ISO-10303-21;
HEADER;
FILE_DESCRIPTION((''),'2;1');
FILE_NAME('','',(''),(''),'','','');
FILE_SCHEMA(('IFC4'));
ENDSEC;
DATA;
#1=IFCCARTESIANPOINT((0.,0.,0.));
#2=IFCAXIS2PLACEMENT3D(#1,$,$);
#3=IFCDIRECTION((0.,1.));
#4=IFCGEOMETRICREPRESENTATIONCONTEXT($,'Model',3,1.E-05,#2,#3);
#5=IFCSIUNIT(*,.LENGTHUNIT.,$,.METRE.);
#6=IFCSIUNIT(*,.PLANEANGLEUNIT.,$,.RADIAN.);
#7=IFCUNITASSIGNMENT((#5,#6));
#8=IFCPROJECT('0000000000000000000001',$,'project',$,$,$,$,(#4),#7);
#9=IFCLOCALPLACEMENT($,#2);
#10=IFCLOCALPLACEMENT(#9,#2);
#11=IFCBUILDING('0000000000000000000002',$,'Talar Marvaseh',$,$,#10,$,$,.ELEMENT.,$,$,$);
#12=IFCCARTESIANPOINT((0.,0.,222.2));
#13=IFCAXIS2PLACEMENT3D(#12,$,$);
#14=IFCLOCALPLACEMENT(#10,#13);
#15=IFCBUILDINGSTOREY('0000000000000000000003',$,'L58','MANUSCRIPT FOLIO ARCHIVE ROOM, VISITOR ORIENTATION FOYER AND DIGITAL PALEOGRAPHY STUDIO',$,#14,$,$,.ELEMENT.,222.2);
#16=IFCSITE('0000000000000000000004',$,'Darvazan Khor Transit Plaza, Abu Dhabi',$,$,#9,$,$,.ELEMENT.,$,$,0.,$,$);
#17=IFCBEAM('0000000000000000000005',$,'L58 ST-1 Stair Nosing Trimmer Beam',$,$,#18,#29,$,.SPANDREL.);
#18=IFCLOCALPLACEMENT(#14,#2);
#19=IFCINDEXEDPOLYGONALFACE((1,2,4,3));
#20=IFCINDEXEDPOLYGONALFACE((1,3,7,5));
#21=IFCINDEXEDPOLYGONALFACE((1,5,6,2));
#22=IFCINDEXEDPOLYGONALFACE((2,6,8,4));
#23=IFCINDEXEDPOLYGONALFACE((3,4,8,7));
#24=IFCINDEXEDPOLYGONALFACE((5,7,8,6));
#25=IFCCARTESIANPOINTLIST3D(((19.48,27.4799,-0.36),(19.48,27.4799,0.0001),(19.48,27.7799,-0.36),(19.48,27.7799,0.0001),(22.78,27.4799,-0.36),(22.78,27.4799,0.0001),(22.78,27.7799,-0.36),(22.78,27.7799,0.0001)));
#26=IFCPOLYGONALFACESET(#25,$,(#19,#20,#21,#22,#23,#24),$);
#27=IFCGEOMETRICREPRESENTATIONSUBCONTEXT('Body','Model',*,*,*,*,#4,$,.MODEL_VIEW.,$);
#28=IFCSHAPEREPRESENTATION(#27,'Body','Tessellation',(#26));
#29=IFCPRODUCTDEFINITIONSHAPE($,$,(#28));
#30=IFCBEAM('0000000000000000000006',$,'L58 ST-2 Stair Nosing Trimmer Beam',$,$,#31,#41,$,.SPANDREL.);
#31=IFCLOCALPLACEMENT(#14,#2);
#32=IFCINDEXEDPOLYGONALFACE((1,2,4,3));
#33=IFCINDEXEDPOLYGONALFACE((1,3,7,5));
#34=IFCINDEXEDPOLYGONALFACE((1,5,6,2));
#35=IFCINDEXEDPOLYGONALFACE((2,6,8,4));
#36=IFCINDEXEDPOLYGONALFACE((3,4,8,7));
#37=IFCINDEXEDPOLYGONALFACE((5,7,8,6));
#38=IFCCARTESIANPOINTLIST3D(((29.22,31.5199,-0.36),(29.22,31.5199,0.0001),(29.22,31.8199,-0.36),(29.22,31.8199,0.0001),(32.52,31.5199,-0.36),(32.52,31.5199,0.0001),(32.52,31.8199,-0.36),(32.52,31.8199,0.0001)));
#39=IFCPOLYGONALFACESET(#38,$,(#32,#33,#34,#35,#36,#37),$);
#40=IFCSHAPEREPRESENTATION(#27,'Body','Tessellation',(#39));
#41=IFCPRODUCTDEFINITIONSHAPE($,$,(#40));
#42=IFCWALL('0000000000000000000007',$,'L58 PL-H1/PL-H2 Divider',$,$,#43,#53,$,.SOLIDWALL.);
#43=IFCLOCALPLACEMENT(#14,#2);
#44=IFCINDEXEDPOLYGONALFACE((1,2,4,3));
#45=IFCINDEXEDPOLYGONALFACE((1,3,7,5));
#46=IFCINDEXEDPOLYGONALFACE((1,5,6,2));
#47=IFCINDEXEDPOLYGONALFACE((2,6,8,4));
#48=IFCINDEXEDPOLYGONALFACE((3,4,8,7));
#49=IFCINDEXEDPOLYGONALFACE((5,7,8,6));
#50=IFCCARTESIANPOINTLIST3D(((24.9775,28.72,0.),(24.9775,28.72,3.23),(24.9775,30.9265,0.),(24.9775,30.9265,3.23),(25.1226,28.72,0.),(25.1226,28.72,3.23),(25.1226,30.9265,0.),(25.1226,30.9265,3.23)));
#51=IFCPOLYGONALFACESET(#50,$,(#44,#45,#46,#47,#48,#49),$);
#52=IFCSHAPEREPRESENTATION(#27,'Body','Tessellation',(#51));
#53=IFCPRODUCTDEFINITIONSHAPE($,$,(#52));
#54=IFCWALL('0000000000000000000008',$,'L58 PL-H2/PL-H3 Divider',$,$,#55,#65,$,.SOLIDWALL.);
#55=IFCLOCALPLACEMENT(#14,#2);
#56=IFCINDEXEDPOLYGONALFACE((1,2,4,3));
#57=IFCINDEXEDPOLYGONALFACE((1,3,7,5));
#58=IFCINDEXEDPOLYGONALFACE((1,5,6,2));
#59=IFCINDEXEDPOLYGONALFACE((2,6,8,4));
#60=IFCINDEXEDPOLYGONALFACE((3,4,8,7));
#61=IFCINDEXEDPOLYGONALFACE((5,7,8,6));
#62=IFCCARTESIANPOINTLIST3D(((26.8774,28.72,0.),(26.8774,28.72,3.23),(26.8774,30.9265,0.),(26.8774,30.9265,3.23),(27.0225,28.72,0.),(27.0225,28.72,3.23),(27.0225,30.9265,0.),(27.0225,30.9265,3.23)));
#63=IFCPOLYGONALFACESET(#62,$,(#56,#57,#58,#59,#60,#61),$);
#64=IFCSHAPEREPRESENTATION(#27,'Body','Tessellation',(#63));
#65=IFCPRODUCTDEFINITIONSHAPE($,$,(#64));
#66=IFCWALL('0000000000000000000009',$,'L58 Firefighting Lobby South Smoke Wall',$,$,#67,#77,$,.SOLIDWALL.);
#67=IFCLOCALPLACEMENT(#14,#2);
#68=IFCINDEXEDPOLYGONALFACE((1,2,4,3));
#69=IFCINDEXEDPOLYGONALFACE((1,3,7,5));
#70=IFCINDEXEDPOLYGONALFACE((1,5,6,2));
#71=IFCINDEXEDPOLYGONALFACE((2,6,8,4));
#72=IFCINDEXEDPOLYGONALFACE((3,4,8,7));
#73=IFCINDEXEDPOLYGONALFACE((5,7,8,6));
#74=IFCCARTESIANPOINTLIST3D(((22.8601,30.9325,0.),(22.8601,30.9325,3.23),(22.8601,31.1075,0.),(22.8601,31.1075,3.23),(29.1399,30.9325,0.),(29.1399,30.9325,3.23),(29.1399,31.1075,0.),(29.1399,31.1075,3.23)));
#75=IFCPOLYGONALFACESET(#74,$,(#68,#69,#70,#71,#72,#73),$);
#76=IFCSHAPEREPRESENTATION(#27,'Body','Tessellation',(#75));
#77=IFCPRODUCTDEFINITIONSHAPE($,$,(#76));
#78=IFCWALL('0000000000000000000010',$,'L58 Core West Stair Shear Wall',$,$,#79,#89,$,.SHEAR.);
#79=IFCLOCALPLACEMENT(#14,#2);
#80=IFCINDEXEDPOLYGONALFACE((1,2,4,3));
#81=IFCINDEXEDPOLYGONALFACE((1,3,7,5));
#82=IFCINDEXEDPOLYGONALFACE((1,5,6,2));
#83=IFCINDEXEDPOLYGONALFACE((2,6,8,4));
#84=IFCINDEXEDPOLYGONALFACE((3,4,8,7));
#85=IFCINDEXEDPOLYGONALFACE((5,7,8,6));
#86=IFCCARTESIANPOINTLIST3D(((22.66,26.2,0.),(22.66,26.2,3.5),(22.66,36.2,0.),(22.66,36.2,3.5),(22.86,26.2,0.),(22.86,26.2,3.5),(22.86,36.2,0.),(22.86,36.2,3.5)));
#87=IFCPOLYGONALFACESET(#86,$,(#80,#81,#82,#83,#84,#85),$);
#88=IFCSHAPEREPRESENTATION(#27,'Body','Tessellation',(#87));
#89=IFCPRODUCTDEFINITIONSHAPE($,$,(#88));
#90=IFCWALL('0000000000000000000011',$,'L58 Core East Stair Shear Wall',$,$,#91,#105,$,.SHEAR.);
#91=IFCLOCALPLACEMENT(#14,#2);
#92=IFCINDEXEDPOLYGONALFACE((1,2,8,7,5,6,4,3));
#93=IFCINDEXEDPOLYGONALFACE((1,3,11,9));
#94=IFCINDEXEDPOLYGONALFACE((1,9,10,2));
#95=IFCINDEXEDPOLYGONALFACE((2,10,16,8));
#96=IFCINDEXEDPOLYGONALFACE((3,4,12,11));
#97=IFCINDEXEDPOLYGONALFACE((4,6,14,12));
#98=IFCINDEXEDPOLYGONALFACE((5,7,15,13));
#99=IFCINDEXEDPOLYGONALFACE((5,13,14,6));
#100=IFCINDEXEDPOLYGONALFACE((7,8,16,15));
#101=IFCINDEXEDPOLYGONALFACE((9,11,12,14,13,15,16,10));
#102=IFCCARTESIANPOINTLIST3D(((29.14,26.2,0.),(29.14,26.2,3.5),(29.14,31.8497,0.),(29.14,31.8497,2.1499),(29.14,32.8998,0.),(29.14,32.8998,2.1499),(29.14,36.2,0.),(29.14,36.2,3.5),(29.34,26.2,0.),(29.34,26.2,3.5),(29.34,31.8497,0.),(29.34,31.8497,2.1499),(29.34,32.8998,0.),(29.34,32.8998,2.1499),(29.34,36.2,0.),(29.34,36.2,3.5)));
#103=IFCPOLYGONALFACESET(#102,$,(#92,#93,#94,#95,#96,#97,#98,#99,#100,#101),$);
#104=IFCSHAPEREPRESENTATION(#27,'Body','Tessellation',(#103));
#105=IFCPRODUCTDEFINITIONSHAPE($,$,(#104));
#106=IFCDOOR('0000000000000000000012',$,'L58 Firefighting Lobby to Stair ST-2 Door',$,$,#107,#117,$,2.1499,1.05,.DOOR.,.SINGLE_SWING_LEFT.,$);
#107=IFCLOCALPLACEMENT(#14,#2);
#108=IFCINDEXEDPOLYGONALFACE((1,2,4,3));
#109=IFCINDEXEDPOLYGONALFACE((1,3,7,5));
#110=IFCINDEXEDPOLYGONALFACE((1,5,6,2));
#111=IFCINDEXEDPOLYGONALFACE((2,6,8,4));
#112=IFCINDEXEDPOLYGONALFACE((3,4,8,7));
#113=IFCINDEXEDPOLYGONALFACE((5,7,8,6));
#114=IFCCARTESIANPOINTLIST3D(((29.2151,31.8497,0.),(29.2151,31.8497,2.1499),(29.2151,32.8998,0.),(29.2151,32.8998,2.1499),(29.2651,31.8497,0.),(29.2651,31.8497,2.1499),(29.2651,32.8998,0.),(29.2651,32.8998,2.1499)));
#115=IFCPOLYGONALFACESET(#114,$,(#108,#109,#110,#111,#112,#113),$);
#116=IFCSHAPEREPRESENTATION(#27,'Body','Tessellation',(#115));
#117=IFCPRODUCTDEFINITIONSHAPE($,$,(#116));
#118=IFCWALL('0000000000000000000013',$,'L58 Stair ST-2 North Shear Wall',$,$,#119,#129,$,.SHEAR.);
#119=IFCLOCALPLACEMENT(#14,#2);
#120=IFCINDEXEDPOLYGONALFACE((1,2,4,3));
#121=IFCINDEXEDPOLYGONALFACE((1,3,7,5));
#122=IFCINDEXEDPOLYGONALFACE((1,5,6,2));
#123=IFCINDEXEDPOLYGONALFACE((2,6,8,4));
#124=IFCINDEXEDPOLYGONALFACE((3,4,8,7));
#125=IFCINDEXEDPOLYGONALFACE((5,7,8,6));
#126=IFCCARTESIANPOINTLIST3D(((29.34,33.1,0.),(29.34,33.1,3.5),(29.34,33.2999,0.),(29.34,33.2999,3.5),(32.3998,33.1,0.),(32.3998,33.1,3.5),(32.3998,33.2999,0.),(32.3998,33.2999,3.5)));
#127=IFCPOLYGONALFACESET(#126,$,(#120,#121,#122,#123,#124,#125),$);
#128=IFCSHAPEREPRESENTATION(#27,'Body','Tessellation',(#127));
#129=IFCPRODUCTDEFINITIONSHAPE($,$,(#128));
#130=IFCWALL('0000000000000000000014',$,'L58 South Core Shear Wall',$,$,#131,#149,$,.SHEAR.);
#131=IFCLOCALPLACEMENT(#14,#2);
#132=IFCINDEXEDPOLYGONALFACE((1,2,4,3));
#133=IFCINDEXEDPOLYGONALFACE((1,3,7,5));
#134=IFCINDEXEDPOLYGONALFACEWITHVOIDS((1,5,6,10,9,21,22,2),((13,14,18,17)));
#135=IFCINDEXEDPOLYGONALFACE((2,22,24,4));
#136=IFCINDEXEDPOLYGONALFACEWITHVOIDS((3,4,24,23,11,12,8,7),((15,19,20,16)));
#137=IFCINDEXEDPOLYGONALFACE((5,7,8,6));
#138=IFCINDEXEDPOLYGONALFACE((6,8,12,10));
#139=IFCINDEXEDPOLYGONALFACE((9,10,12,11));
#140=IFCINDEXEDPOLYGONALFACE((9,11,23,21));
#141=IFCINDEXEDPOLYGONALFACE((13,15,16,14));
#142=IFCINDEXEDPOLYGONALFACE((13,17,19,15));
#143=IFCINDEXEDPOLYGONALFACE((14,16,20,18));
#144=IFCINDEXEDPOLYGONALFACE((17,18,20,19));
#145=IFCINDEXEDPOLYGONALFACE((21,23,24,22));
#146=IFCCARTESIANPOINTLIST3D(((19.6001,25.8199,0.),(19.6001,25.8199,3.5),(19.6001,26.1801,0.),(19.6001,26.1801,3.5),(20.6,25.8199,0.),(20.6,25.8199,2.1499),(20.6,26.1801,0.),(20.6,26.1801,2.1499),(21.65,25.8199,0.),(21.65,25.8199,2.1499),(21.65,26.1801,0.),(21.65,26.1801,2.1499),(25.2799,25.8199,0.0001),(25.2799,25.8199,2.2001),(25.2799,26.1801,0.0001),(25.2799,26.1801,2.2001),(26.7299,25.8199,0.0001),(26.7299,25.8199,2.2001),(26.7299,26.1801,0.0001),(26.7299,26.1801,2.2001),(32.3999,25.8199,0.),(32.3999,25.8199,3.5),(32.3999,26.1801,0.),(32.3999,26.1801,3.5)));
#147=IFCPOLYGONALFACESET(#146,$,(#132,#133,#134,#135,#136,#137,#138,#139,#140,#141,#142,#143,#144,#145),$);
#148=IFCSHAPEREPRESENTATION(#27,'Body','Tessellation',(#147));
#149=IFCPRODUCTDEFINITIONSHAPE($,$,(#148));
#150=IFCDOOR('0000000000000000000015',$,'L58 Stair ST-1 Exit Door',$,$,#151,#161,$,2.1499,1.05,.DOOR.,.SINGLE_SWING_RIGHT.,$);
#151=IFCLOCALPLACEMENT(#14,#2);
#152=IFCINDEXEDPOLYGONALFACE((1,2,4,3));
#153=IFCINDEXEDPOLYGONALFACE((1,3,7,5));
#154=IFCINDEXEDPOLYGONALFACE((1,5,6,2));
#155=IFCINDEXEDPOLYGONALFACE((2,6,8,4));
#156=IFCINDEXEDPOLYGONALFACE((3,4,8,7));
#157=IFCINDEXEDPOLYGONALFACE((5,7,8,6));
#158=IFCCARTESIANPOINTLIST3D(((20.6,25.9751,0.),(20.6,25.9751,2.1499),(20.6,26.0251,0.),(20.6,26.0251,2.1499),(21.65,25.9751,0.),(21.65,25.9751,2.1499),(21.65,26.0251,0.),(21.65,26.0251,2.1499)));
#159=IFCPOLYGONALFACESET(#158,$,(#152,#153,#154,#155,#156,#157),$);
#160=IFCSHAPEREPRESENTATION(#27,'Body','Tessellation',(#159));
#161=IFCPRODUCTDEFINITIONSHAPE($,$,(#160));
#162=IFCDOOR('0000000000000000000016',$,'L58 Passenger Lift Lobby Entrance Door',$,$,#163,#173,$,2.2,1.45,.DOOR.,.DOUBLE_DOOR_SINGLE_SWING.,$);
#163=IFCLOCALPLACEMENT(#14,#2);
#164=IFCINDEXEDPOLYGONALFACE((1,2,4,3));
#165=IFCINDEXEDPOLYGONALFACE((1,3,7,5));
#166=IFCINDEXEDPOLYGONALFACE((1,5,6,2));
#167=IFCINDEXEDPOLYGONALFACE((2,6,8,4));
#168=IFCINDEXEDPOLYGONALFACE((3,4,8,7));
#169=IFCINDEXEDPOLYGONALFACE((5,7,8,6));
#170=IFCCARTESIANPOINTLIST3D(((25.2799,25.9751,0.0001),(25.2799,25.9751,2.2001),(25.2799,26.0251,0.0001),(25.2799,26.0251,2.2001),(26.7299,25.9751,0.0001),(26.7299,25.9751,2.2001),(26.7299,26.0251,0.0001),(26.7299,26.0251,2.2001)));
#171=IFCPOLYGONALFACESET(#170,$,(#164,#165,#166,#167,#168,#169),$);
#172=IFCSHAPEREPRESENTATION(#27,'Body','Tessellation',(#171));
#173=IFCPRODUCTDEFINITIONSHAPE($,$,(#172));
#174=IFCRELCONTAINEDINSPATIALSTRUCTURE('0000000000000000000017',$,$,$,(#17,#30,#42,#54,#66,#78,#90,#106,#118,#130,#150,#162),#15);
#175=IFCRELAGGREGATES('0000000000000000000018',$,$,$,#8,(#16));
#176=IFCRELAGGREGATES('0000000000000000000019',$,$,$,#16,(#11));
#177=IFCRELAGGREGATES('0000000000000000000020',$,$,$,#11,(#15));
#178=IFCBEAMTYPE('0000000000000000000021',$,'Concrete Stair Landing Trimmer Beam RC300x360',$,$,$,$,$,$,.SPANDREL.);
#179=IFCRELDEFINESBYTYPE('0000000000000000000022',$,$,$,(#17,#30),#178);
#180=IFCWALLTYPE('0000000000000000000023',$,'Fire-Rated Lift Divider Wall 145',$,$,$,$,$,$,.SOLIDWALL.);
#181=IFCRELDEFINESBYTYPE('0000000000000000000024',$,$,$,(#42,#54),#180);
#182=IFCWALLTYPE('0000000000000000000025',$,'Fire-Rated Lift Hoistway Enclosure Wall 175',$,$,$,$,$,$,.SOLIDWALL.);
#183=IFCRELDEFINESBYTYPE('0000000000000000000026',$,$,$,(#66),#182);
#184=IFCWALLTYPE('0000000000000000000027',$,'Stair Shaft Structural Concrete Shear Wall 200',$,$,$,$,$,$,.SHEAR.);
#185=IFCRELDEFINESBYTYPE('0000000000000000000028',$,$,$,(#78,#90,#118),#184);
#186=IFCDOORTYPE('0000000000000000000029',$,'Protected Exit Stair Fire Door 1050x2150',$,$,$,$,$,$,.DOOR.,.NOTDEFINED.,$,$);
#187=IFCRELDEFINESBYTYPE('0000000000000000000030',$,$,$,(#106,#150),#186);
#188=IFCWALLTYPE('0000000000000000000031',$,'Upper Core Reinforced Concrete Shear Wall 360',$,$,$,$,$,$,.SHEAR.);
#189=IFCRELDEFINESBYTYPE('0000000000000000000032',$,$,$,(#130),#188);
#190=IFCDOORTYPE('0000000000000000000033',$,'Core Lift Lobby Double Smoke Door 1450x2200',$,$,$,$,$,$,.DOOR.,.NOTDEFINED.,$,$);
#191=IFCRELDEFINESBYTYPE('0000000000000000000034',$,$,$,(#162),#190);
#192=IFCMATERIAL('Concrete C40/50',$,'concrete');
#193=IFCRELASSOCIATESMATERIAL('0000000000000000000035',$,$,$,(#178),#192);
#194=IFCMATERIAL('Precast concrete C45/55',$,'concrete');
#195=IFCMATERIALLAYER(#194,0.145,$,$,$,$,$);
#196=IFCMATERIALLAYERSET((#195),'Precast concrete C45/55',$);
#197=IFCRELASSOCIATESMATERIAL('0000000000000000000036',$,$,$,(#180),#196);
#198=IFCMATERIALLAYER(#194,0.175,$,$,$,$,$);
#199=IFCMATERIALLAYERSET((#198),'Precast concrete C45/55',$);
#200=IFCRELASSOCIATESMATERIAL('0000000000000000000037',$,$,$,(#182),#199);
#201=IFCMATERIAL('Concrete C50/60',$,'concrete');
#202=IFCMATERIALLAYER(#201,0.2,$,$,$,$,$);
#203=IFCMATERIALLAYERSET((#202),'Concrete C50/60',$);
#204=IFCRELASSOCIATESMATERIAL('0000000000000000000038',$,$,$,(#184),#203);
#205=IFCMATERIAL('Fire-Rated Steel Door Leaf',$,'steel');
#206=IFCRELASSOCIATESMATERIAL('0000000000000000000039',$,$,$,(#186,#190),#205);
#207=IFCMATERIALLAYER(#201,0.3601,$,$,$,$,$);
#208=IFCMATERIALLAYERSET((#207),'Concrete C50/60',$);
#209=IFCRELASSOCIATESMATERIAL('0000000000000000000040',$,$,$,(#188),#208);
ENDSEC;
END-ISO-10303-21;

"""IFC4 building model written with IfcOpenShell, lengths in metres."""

from ifc_helpers import new_model, si_unit, direction, frame, frame_2d, origin, origin_2d, place, context, subcontext, project, spatial, rectangle, extrude, source, transform, mapped, material, layer, layer_set, material_profile, profile_set, type_object, type_shapes, element, fill, save


model = new_model("IFC4")

# Units and contexts
model_context = context("Model", 3, precision=1e-05, world=origin(), true_north=direction((0.0, 1.0)))
body_context = subcontext(model_context, "Body", "Model", "MODEL_VIEW")
ifc_project = project(units=[si_unit("LENGTHUNIT", "METRE"), si_unit("PLANEANGLEUNIT", "RADIAN")], contexts=[model_context])

# Site, building, storey
site_placement = place(None, origin())
site = spatial("IfcSite", under=ifc_project, at=site_placement, Name="Darvazan Khor Transit Plaza, Abu Dhabi", CompositionType="ELEMENT", RefElevation=0.0)
building_placement = place(site_placement, origin())
building = spatial("IfcBuilding", under=site, at=building_placement, Name="Talar Marvaseh", CompositionType="ELEMENT")
storey_placement = place(building_placement, frame((0.0, 0.0, 222.2)))
storey = spatial("IfcBuildingStorey", under=building, at=storey_placement, Name="L58", Description="MANUSCRIPT FOLIO ARCHIVE ROOM, VISITOR ORIENTATION FOYER AND DIGITAL PALEOGRAPHY STUDIO", CompositionType="ELEMENT", Elevation=222.2)

# Beams
ifc_material_1 = material(Name="Concrete C40/50", Category="concrete")
ifc_material_profile = material_profile(ifc_material_1, rectangle(XDim=0.3, YDim=0.3601, at=origin_2d()), Name="RC300x360")
ifc_profile_set = profile_set([ifc_material_profile], Name="Concrete C40/50")
beam_type = type_object("IfcBeamType", Name="Concrete Stair Landing Trimmer Beam RC300x360", PredefinedType="SPANDREL", material=ifc_profile_set)
for number, where, z_axis, x_axis, name in (
    (1, (22.78, 27.6299, -0.1799), (-1.0, 0.0, 0.0), (0.0, -1.0, 0.0), "L58 ST-1 Stair Nosing Trimmer Beam"),
    (2, (29.22, 31.6699, -0.1799), (1.0, 0.0, 0.0), (0.0, 1.0, 0.0), "L58 ST-2 Stair Nosing Trimmer Beam"),
):
    element("IfcBeam", number, at=place(storey_placement, frame(where, z_axis=z_axis, x_axis=x_axis)), inside=storey, type_object=beam_type, Name=name, PredefinedType="SPANDREL", context=body_context, shape_type="SweptSolid", body=[
        extrude(rectangle(XDim=0.3, YDim=0.3601, at=origin_2d()), origin(), (0.0, 0.0, 1.0), 3.3),
    ])

# Walls
ifc_material_2 = material(Name="Precast concrete C45/55", Category="concrete")
ifc_layer_1 = layer(ifc_material_2, 0.145)
ifc_layer_set_1 = layer_set([ifc_layer_1], Name="Precast concrete C45/55")
wall_type_1 = type_object("IfcWallType", Name="Fire-Rated Lift Divider Wall 145", PredefinedType="SOLIDWALL", material=ifc_layer_set_1)
for number, where, z_axis, x_axis, name in (
    (3, (25.05, 28.72, 0.0), (0.0, 0.0, 1.0), (0.0, 1.0, 0.0), "L58 PL-H1/PL-H2 Divider"),
    (4, (26.95, 28.72, 0.0), (0.0, 0.0, 1.0), (0.0, 1.0, 0.0), "L58 PL-H2/PL-H3 Divider"),
):
    element("IfcWall", number, at=place(storey_placement, frame(where, z_axis=z_axis, x_axis=x_axis)), inside=storey, type_object=wall_type_1, Name=name, PredefinedType="SOLIDWALL", context=body_context, shape_type="SweptSolid", body=[
        extrude(rectangle(XDim=2.2065, YDim=0.145, at=frame_2d((1.1033, 0.0))), origin(), (0.0, 0.0, 1.0), 3.23),
    ])
ifc_layer_2 = layer(ifc_material_2, 0.175)
ifc_layer_set_2 = layer_set([ifc_layer_2], Name="Precast concrete C45/55")
wall_type_2 = type_object("IfcWallType", Name="Fire-Rated Lift Hoistway Enclosure Wall 175", PredefinedType="SOLIDWALL", material=ifc_layer_set_2)
wall_1_placement = place(storey_placement, frame((22.8601, 31.02, 0.0), z_axis=(0.0, 0.0, 1.0), x_axis=(1.0, 0.0, 0.0)))
element("IfcWall", 5, at=wall_1_placement, inside=storey, type_object=wall_type_2, Name="L58 Firefighting Lobby South Smoke Wall", PredefinedType="SOLIDWALL", context=body_context, shape_type="SweptSolid", body=[
    extrude(rectangle(XDim=6.2798, YDim=0.175, at=frame_2d((3.1399, 0.0))), origin(), (0.0, 0.0, 1.0), 3.23),
])

# Wall
ifc_material_3 = material(Name="Concrete C50/60", Category="concrete")
ifc_layer_3 = layer(ifc_material_3, 0.2)
ifc_layer_set_3 = layer_set([ifc_layer_3], Name="Concrete C50/60")
wall_type_3 = type_object("IfcWallType", Name="Stair Shaft Structural Concrete Shear Wall 200", PredefinedType="SHEAR", material=ifc_layer_set_3)
wall_2_placement = place(storey_placement, frame((22.76, 26.2, 0.0), z_axis=(0.0, 0.0, 1.0), x_axis=(0.0, 1.0, 0.0)))
element("IfcWall", 6, at=wall_2_placement, inside=storey, type_object=wall_type_3, Name="L58 Core West Stair Shear Wall", PredefinedType="SHEAR", context=body_context, shape_type="SweptSolid", body=[
    extrude(rectangle(XDim=10.0, YDim=0.2, at=frame_2d((5.0, 0.0))), origin(), (0.0, 0.0, 1.0), 3.5),
])

# Wall, opening, door
wall_3_placement = place(storey_placement, frame((29.24, 26.2, 0.0), z_axis=(0.0, 0.0, 1.0), x_axis=(0.0, 1.0, 0.0)))
wall_3 = element("IfcWall", 7, at=wall_3_placement, inside=storey, type_object=wall_type_3, Name="L58 Core East Stair Shear Wall", PredefinedType="SHEAR", context=body_context, shape_type="SweptSolid", body=[
    extrude(rectangle(XDim=10.0, YDim=0.2, at=frame_2d((5.0, 0.0))), origin(), (0.0, 0.0, 1.0), 3.5),
])
opening_1_placement = place(wall_3_placement, frame((5.6499, 0.0, 0.0)))
opening_1 = element("IfcOpeningElement", 8, at=opening_1_placement, cuts=wall_3, PredefinedType="OPENING", context=body_context, shape_type="SweptSolid", body=[
    extrude(rectangle(XDim=1.05, YDim=2.1499, at=frame_2d((0.5249, 1.075))), frame((0.0, 0.1099, 0.0), z_axis=(0.0, -1.0, 0.0), x_axis=(1.0, 0.0, 0.0)), (0.0, 0.0, 1.0), 0.22),
])
ifc_material_4 = material(Name="Fire-Rated Steel Door Leaf", Category="steel")
door_type_1 = type_object("IfcDoorType", Name="Protected Exit Stair Fire Door 1050x2150", OperationType="NOTDEFINED", PredefinedType="DOOR", material=ifc_material_4)
shared_shape_1 = source(origin(), body_context, "Body", "SweptSolid", [
    extrude(rectangle(XDim=1.05, YDim=2.1499, at=frame_2d((0.5249, 1.075))), frame((0.0, 0.0249, 0.0), z_axis=(0.0, -1.0, 0.0), x_axis=(1.0, 0.0, 0.0)), (0.0, 0.0, 1.0), 0.05),
])
type_shapes(door_type_1, [shared_shape_1])
door_1_placement = place(opening_1_placement, origin())
door_1 = element("IfcDoor", 9, at=door_1_placement, inside=storey, type_object=door_type_1, Name="L58 Firefighting Lobby to Stair ST-2 Door", OperationType="SINGLE_SWING_LEFT", OverallHeight=2.1499, OverallWidth=1.05, PredefinedType="DOOR", context=body_context, shape_type="MappedRepresentation", body=[
    mapped(shared_shape_1, transform((0.0, 0.0, 0.0), x_axis=(1.0, 0.0, 0.0), y_axis=(0.0, 1.0, 0.0), z_axis=(0.0, 0.0, 1.0), scale=1.0)),
])
fill(opening_1, door_1)

# Wall
wall_4_placement = place(storey_placement, frame((29.3401, 33.2, 0.0), z_axis=(0.0, 0.0, 1.0), x_axis=(1.0, 0.0, 0.0)))
element("IfcWall", 10, at=wall_4_placement, inside=storey, type_object=wall_type_3, Name="L58 Stair ST-2 North Shear Wall", PredefinedType="SHEAR", context=body_context, shape_type="SweptSolid", body=[
    extrude(rectangle(XDim=3.0598, YDim=0.2, at=frame_2d((1.5298, 0.0))), origin(), (0.0, 0.0, 1.0), 3.5),
])

# Wall, openings, doors
ifc_layer_4 = layer(ifc_material_3, 0.3601)
ifc_layer_set_4 = layer_set([ifc_layer_4], Name="Concrete C50/60")
wall_type_4 = type_object("IfcWallType", Name="Upper Core Reinforced Concrete Shear Wall 360", PredefinedType="SHEAR", material=ifc_layer_set_4)
wall_5_placement = place(storey_placement, frame((32.3999, 26.0, 0.0), z_axis=(0.0, 0.0, 1.0), x_axis=(-1.0, 0.0, 0.0)))
wall_5 = element("IfcWall", 11, at=wall_5_placement, inside=storey, type_object=wall_type_4, Name="L58 South Core Shear Wall", PredefinedType="SHEAR", context=body_context, shape_type="SweptSolid", body=[
    extrude(rectangle(XDim=12.7998, YDim=0.3601, at=frame_2d((6.3999, 0.0))), origin(), (0.0, 0.0, 1.0), 3.5),
])
opening_2_placement = place(wall_5_placement, frame((10.75, 0.0, 0.0)))
opening_2 = element("IfcOpeningElement", 12, at=opening_2_placement, cuts=wall_5, PredefinedType="OPENING", context=body_context, shape_type="SweptSolid", body=[
    extrude(rectangle(XDim=1.05, YDim=2.1499, at=frame_2d((0.5249, 1.075))), frame((0.0, 0.1899, 0.0), z_axis=(0.0, -1.0, 0.0), x_axis=(1.0, 0.0, 0.0)), (0.0, 0.0, 1.0), 0.3801),
])
opening_3_placement = place(wall_5_placement, frame((5.6699, 0.0, 0.0)))
opening_3 = element("IfcOpeningElement", 13, at=opening_3_placement, cuts=wall_5, PredefinedType="OPENING", context=body_context, shape_type="SweptSolid", body=[
    extrude(rectangle(XDim=1.45, YDim=2.2, at=frame_2d((0.7251, 1.1001))), frame((0.0, 0.1899, 0.0), z_axis=(0.0, -1.0, 0.0), x_axis=(1.0, 0.0, 0.0)), (0.0, 0.0, 1.0), 0.3801),
])
door_2_placement = place(opening_2_placement, origin())
door_2 = element("IfcDoor", 14, at=door_2_placement, inside=storey, type_object=door_type_1, Name="L58 Stair ST-1 Exit Door", OperationType="SINGLE_SWING_RIGHT", OverallHeight=2.1499, OverallWidth=1.05, PredefinedType="DOOR", context=body_context, shape_type="MappedRepresentation", body=[
    mapped(shared_shape_1, transform((0.0, 0.0, 0.0), x_axis=(1.0, 0.0, 0.0), y_axis=(0.0, 1.0, 0.0), z_axis=(0.0, 0.0, 1.0), scale=1.0)),
])
fill(opening_2, door_2)
door_type_2 = type_object("IfcDoorType", Name="Core Lift Lobby Double Smoke Door 1450x2200", OperationType="NOTDEFINED", PredefinedType="DOOR", material=ifc_material_4)
shared_shape_2 = source(origin(), body_context, "Body", "SweptSolid", [
    extrude(rectangle(XDim=1.45, YDim=2.2, at=frame_2d((0.7251, 1.1001))), frame((0.0, 0.0249, 0.0), z_axis=(0.0, -1.0, 0.0), x_axis=(1.0, 0.0, 0.0)), (0.0, 0.0, 1.0), 0.05),
])
type_shapes(door_type_2, [shared_shape_2])
door_3_placement = place(opening_3_placement, origin())
door_3 = element("IfcDoor", 15, at=door_3_placement, inside=storey, type_object=door_type_2, Name="L58 Passenger Lift Lobby Entrance Door", OperationType="DOUBLE_DOOR_SINGLE_SWING", OverallHeight=2.2, OverallWidth=1.45, PredefinedType="DOOR", context=body_context, shape_type="MappedRepresentation", body=[
    mapped(shared_shape_2, transform((0.0, 0.0, 0.0), x_axis=(1.0, 0.0, 0.0), y_axis=(0.0, 1.0, 0.0), z_axis=(0.0, 0.0, 1.0), scale=1.0)),
])
fill(opening_3, door_3)

save(model, "model.ifc")
